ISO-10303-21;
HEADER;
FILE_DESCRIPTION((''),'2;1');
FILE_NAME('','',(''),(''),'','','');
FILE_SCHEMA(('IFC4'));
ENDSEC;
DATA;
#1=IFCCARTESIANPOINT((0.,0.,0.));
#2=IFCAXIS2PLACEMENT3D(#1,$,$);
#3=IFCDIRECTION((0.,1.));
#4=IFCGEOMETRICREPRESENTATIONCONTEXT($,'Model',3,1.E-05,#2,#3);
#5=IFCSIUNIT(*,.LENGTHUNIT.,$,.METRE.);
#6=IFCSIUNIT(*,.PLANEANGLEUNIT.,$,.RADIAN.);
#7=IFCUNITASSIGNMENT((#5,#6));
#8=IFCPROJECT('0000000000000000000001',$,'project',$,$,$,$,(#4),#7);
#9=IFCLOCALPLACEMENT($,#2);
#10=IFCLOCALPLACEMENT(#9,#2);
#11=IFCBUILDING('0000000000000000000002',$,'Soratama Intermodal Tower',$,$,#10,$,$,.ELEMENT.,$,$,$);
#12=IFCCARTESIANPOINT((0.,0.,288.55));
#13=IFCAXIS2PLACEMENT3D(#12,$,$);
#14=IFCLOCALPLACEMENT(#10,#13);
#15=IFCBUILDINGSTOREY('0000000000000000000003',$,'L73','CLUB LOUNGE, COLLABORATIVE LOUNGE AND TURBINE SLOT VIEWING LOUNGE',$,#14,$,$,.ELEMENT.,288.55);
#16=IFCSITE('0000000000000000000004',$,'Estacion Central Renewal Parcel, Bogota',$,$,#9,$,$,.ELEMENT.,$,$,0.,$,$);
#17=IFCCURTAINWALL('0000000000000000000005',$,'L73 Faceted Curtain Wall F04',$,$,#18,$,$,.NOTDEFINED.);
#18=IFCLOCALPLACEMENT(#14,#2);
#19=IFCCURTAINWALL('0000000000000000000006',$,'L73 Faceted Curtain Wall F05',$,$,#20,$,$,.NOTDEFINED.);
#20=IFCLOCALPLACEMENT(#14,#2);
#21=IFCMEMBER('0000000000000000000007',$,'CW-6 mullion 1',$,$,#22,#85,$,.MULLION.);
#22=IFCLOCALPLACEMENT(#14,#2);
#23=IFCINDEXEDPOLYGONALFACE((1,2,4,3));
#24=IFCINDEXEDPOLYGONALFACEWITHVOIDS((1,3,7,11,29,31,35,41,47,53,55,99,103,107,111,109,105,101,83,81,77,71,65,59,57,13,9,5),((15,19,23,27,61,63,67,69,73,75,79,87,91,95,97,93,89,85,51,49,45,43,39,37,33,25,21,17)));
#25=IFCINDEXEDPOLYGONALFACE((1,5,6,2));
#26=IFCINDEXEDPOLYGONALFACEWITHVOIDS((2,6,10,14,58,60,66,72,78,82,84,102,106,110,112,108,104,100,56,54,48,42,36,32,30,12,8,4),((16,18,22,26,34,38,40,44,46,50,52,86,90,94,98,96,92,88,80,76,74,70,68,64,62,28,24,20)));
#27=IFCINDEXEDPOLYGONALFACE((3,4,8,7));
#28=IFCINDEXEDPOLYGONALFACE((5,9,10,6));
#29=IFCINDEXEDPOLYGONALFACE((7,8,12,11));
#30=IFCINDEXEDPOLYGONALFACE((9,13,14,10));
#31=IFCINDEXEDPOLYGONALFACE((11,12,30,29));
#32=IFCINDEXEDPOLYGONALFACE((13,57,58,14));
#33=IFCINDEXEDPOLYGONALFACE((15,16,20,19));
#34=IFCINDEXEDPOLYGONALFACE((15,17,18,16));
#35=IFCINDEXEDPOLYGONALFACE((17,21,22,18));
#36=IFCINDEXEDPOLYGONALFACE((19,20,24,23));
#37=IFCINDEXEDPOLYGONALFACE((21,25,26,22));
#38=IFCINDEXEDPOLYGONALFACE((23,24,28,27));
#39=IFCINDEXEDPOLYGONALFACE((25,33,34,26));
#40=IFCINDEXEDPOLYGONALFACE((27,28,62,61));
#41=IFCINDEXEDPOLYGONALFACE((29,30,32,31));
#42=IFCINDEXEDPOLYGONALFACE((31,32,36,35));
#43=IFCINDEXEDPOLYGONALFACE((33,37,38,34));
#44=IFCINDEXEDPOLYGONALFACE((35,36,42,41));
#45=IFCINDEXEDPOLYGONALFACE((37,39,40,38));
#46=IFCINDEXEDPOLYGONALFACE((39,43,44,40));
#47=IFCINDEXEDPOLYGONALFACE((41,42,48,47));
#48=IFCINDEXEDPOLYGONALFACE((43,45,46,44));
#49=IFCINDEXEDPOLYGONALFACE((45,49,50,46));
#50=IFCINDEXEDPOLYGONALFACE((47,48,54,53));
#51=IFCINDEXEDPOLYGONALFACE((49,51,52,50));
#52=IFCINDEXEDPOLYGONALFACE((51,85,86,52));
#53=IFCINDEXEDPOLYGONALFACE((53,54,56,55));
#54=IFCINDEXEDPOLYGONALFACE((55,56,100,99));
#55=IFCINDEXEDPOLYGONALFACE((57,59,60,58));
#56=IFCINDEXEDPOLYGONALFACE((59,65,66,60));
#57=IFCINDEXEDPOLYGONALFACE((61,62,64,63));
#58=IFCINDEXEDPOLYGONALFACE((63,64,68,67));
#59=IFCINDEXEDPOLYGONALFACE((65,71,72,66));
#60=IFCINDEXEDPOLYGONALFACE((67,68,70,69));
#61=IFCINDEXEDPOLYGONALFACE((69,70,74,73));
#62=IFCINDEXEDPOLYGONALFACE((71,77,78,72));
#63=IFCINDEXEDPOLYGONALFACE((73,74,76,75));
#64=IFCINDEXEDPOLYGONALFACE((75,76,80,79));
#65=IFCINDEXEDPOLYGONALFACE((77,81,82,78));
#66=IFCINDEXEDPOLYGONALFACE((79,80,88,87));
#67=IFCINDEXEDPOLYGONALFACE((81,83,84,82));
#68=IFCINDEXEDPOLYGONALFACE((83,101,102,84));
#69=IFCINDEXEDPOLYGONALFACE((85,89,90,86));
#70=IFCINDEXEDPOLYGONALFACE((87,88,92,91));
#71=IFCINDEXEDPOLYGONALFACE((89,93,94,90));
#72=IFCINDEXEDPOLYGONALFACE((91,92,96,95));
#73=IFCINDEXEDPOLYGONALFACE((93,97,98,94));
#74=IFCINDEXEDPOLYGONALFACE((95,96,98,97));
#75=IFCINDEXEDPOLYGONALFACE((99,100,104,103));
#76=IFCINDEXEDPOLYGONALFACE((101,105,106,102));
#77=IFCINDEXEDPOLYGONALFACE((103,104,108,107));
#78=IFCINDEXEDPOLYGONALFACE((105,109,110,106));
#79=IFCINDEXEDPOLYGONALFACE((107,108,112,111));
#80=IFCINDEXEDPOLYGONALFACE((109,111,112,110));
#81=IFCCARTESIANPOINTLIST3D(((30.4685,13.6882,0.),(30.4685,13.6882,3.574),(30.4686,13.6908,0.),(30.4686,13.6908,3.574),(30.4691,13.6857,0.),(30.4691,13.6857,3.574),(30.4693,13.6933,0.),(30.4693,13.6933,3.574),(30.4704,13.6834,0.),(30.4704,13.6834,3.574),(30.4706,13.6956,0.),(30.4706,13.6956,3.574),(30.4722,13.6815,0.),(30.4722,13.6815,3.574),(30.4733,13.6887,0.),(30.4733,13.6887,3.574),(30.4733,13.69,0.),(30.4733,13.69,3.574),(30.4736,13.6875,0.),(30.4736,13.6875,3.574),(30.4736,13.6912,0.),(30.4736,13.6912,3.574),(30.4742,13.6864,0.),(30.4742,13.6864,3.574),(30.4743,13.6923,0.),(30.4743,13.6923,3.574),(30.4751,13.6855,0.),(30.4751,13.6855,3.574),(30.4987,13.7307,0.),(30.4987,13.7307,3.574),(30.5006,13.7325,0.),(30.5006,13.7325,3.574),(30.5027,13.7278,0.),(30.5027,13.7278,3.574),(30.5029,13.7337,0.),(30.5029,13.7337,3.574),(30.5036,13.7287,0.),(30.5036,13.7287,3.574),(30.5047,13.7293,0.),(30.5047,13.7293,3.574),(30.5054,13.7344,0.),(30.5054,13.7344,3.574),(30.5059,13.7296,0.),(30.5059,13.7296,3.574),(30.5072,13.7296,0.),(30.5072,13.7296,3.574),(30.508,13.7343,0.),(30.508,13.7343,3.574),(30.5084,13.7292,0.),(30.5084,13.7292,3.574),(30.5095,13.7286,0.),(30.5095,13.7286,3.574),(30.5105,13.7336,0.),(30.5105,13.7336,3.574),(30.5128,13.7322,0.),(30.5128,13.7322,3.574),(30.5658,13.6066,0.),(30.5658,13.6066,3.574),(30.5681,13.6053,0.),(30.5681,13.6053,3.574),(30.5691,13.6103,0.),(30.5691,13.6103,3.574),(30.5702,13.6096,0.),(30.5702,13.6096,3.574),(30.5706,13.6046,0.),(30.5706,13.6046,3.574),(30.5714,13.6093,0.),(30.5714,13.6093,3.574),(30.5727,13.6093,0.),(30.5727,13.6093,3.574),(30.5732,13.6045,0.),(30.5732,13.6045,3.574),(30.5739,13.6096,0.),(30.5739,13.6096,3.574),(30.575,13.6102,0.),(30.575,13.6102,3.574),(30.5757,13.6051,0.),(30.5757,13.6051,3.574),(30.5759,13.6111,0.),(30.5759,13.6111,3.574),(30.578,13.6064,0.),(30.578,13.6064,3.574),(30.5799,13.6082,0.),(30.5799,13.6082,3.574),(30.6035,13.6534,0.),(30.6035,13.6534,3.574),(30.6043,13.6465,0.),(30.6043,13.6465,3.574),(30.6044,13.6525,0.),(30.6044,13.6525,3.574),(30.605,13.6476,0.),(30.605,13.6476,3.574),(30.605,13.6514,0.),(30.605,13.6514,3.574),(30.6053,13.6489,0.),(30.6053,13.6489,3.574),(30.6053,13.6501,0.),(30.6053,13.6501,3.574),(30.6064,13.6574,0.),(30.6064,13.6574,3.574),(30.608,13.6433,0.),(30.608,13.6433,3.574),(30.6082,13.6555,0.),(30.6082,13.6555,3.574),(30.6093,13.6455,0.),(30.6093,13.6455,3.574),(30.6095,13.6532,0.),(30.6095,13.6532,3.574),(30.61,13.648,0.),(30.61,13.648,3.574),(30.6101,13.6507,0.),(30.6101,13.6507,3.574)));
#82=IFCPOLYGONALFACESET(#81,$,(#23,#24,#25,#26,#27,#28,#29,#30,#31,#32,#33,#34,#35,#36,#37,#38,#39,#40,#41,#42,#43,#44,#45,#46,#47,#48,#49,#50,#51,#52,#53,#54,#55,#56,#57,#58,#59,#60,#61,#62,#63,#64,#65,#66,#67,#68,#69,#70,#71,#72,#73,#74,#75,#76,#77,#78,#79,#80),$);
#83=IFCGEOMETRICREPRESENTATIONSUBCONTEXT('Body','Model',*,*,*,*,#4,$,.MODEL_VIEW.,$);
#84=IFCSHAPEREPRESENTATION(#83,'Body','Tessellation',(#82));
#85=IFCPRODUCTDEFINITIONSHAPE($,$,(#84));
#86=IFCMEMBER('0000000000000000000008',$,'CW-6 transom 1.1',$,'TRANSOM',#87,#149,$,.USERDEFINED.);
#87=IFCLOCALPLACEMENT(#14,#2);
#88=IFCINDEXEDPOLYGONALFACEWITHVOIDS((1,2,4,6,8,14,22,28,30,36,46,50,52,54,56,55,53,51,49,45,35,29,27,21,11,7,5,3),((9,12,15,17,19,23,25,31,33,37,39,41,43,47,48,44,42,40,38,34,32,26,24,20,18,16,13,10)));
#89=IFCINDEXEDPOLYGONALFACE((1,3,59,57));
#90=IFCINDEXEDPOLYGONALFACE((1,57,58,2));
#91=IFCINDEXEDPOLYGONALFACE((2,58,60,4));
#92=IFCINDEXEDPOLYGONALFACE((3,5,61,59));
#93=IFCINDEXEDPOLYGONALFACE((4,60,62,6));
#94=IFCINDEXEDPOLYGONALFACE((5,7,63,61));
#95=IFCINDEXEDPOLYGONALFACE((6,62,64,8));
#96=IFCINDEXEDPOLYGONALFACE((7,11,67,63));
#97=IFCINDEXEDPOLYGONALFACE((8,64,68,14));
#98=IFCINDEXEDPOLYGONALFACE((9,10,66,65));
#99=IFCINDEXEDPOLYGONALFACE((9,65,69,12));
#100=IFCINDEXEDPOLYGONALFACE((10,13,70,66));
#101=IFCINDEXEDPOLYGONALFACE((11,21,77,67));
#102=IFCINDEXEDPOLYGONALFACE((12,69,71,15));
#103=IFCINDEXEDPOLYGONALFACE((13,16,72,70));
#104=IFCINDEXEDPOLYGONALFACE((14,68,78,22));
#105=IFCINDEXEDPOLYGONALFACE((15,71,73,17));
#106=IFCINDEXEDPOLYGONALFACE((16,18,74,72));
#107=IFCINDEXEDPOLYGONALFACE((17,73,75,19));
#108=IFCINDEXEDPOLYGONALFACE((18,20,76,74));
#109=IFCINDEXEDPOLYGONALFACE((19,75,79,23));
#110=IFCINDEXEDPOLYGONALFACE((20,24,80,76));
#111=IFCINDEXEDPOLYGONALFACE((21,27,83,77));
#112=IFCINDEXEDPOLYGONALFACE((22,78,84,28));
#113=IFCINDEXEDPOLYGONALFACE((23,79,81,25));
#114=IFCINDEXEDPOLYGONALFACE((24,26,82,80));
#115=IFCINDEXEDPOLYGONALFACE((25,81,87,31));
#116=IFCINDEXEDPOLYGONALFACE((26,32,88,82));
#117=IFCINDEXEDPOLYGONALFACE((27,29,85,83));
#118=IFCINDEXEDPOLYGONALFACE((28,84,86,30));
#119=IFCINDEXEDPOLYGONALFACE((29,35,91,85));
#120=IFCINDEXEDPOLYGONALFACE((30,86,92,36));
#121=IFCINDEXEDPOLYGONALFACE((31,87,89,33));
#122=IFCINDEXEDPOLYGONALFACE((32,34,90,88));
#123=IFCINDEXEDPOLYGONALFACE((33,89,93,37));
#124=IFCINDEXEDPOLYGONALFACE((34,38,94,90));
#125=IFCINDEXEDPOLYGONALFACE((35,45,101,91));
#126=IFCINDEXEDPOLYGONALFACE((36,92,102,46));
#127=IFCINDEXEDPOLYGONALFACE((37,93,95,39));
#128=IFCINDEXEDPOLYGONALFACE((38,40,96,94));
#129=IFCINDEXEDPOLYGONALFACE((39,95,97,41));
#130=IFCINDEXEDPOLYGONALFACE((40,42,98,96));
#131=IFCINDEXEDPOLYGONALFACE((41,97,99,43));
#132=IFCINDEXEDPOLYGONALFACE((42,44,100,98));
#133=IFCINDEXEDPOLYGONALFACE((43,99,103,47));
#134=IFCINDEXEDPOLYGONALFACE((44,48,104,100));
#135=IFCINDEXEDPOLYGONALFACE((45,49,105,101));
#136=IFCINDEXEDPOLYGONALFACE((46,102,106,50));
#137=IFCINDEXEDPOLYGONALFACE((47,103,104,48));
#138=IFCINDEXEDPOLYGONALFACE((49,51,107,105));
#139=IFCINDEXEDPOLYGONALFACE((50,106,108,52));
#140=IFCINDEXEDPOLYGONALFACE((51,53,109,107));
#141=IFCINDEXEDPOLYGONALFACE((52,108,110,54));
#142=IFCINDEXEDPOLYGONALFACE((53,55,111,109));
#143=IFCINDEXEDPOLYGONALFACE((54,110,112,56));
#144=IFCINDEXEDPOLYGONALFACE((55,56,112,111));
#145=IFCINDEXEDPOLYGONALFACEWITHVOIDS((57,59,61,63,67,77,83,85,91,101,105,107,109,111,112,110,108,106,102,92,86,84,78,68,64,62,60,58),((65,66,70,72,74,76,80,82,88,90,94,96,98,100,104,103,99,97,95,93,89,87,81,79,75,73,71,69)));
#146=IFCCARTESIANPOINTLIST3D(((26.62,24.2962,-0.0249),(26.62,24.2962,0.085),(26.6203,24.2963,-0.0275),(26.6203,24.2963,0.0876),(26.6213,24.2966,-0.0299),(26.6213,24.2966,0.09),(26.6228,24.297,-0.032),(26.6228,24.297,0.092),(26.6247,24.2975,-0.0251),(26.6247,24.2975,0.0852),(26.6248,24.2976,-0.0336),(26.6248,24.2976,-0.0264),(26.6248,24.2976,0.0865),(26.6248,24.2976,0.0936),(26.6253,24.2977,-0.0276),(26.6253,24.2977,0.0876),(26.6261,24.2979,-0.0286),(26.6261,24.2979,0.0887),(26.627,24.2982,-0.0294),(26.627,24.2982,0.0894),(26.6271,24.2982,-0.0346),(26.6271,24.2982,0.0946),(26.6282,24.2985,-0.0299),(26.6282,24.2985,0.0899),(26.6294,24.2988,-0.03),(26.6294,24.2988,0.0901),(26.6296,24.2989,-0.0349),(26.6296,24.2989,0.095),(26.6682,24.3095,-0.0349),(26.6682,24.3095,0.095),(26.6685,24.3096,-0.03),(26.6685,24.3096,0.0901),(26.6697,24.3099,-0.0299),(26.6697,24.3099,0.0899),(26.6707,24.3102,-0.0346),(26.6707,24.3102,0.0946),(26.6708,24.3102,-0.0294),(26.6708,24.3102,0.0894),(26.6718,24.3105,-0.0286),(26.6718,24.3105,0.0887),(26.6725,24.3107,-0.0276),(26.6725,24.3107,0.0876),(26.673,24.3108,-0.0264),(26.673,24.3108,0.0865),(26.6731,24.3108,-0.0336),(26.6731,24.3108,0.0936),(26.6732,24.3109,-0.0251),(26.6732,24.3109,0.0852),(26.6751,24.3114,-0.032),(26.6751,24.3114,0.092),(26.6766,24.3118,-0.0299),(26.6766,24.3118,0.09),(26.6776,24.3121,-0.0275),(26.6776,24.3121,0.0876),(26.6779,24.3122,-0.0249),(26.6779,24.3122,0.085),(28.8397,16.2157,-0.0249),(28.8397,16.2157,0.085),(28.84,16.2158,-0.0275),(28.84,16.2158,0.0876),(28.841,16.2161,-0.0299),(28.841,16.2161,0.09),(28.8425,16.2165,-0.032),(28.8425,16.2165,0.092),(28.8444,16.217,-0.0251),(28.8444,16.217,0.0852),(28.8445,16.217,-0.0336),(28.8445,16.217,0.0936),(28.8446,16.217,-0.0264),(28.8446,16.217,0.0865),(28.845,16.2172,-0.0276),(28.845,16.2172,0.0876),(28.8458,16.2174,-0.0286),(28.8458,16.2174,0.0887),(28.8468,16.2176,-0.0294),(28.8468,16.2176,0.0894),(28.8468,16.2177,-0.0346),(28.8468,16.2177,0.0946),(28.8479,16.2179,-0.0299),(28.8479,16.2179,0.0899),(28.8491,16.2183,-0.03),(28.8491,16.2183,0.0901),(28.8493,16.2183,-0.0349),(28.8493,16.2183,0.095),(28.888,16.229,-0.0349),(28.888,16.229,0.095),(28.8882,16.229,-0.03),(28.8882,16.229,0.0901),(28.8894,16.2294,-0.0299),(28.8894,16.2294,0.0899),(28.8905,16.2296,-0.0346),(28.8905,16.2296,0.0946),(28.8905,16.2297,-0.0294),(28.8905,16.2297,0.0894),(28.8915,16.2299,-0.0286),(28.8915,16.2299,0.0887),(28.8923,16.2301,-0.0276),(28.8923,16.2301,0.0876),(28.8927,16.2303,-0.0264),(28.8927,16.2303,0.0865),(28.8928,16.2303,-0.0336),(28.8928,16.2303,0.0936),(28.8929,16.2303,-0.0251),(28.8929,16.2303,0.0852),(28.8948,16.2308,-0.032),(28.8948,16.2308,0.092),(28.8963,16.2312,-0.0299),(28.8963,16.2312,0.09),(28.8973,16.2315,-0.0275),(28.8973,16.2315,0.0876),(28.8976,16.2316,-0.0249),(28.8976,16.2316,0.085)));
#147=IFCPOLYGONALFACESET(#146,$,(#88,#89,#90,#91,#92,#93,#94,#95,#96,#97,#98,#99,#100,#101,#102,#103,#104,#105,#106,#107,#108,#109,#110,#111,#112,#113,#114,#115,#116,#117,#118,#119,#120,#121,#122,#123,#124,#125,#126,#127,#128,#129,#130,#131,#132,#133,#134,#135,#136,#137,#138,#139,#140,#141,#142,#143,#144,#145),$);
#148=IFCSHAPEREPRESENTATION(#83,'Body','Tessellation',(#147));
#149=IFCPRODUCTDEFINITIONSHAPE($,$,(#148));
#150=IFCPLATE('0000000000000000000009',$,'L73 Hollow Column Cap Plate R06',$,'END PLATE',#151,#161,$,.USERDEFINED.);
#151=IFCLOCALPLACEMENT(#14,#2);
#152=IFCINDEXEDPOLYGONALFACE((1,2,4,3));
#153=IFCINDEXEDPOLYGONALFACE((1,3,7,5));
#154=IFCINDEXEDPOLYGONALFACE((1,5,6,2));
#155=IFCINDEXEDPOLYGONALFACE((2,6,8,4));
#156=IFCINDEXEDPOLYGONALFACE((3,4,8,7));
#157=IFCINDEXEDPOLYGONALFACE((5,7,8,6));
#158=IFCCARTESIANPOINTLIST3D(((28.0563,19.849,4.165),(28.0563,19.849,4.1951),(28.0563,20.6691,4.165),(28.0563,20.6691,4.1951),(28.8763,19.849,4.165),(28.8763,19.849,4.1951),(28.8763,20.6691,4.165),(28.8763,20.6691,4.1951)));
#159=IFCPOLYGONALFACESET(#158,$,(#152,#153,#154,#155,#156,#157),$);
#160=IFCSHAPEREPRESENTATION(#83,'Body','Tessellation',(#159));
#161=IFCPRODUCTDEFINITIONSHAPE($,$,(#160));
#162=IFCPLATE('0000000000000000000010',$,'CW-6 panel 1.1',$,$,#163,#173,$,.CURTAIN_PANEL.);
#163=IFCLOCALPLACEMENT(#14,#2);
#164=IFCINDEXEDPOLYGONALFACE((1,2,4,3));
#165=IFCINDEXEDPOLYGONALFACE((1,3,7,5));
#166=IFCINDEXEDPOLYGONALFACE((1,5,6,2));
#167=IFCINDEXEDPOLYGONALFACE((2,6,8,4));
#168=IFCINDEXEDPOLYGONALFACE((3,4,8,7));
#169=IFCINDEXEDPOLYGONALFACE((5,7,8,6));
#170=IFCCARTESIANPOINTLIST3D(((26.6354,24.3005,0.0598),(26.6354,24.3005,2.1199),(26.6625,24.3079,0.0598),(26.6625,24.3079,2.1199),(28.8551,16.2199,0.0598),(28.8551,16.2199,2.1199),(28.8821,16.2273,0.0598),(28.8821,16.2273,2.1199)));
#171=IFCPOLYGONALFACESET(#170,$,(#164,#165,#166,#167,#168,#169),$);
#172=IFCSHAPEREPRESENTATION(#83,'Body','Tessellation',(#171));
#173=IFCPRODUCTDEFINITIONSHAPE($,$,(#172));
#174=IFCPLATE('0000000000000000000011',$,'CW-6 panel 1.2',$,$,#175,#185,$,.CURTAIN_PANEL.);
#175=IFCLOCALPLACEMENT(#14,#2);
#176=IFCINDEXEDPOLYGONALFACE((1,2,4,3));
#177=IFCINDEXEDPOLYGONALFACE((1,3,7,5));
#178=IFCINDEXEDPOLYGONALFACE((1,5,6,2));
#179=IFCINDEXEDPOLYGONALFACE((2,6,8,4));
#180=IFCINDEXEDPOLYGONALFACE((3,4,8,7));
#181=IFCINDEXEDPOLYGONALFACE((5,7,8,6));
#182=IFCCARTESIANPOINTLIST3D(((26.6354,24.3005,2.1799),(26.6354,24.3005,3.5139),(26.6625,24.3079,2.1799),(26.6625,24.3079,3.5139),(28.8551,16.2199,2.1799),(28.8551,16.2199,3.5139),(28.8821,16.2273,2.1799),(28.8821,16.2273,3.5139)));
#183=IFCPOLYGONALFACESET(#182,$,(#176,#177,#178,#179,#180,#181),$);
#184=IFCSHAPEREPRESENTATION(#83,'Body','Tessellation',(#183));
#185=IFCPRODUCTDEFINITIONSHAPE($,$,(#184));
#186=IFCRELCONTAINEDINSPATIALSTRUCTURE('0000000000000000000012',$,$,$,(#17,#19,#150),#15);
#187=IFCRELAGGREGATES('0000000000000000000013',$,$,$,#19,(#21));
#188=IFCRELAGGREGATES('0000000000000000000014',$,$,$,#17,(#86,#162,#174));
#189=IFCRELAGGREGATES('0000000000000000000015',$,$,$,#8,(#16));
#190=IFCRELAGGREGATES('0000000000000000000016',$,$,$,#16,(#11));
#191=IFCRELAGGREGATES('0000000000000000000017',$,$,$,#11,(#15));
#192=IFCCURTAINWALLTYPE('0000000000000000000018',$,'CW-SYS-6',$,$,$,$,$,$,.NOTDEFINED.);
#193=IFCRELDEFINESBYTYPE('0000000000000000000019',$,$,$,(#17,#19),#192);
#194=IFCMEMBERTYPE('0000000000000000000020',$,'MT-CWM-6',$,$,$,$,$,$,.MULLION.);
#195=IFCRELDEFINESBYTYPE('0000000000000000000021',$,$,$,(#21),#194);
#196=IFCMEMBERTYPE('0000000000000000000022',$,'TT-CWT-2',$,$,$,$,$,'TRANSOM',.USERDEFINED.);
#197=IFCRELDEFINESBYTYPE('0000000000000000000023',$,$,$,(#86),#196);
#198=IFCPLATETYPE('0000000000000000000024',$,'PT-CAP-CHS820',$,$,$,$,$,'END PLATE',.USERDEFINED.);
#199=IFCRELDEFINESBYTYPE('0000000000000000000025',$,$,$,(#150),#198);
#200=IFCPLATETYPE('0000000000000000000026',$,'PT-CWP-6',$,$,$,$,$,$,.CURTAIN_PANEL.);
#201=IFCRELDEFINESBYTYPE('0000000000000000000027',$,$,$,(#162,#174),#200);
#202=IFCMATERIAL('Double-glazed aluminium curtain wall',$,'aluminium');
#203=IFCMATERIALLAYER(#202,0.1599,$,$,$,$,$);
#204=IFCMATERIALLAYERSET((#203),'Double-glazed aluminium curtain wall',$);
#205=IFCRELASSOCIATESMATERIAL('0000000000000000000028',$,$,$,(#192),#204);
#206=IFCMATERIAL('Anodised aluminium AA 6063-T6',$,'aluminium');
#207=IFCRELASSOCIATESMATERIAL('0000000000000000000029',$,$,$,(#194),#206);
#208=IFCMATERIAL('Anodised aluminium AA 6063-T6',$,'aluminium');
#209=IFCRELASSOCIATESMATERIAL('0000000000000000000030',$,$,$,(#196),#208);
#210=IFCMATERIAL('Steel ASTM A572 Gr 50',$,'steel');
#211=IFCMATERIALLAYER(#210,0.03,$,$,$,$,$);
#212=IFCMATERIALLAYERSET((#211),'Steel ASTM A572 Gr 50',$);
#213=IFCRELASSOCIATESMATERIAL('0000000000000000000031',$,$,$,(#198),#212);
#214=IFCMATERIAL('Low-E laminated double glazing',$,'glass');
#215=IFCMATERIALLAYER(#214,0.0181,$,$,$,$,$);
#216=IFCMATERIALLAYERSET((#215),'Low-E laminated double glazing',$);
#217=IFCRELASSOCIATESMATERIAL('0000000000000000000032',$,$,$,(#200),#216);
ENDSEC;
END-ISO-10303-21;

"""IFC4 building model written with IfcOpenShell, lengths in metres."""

from ifc_helpers import new_model, si_unit, direction, frame, origin, origin_2d, place, context, subcontext, project, spatial, rectangle, hollow_rectangle, extrude, material, layer, layer_set, material_profile, profile_set, type_object, element, aggregate, save


model = new_model("IFC4")

# Units and contexts
model_context = context("Model", 3, precision=1e-05, world=origin(), true_north=direction((0.0, 1.0)))
body_context = subcontext(model_context, "Body", "Model", "MODEL_VIEW")
ifc_project = project(units=[si_unit("LENGTHUNIT", "METRE"), si_unit("PLANEANGLEUNIT", "RADIAN")], contexts=[model_context])

# Site, building, storey
site_placement = place(None, origin())
site = spatial("IfcSite", under=ifc_project, at=site_placement, Name="Estacion Central Renewal Parcel, Bogota", CompositionType="ELEMENT", RefElevation=0.0)
building_placement = place(site_placement, origin())
building = spatial("IfcBuilding", under=site, at=building_placement, Name="Soratama Intermodal Tower", CompositionType="ELEMENT")
storey_placement = place(building_placement, frame((0.0, 0.0, 288.55)))
storey = spatial("IfcBuildingStorey", under=building, at=storey_placement, Name="L73", Description="CLUB LOUNGE, COLLABORATIVE LOUNGE AND TURBINE SLOT VIEWING LOUNGE", CompositionType="ELEMENT", Elevation=288.55)

# Curtain walls, member
ifc_material_1 = material(Name="Double-glazed aluminium curtain wall", Category="aluminium")
ifc_layer_1 = layer(ifc_material_1, 0.1599)
ifc_layer_set_1 = layer_set([ifc_layer_1], Name="Double-glazed aluminium curtain wall")
curtain_wall_type = type_object("IfcCurtainWallType", Name="CW-SYS-6", PredefinedType="NOTDEFINED", material=ifc_layer_set_1)
curtain_wall_1_placement = place(storey_placement, origin())
curtain_wall_1 = element("IfcCurtainWall", 1, at=curtain_wall_1_placement, inside=storey, type_object=curtain_wall_type, Name="L73 Faceted Curtain Wall F04", PredefinedType="NOTDEFINED")
ifc_material_2 = material(Name="Anodised aluminium AA 6063-T6", Category="aluminium")
ifc_material_profile_1 = material_profile(ifc_material_2, hollow_rectangle(XDim=0.0649, YDim=0.1399, WallThickness=0.0049, InnerFilletRadius=0.0049, OuterFilletRadius=0.01, at=origin_2d()), Name="CWM140X65X5")
ifc_profile_set_1 = profile_set([ifc_material_profile_1], Name="Anodised aluminium AA 6063-T6")
member_type_1 = type_object("IfcMemberType", Name="MT-CWM-6", PredefinedType="MULLION", material=ifc_profile_set_1)
curtain_wall_2_placement = place(storey_placement, origin())
curtain_wall_2 = element("IfcCurtainWall", 2, at=curtain_wall_2_placement, inside=storey, type_object=curtain_wall_type, Name="L73 Faceted Curtain Wall F05", PredefinedType="NOTDEFINED")
member_1_placement = place(storey_placement, frame((30.5393, 13.6694, 0.0), z_axis=(0.0, 0.0, 1.0), x_axis=(0.624424, 0.781086, 0.0)))
member_1 = element("IfcMember", 3, at=member_1_placement, type_object=member_type_1, Name="CW-6 mullion 1", PredefinedType="MULLION", context=body_context, shape_type="SweptSolid", body=[
    extrude(hollow_rectangle(XDim=0.0649, YDim=0.1399, WallThickness=0.0049, InnerFilletRadius=0.0049, OuterFilletRadius=0.01, at=origin_2d()), origin(), (0.0, 0.0, 1.0), 3.574),
])
aggregate(curtain_wall_2, [member_1])

# Member
ifc_material_3 = material(Name="Anodised aluminium AA 6063-T6", Category="aluminium")
ifc_material_profile_2 = material_profile(ifc_material_3, hollow_rectangle(XDim=0.0601, YDim=0.1299, WallThickness=0.0049, InnerFilletRadius=0.0049, OuterFilletRadius=0.01, at=origin_2d()), Name="CWT130X60X5")
ifc_profile_set_2 = profile_set([ifc_material_profile_2], Name="Anodised aluminium AA 6063-T6")
member_type_2 = type_object("IfcMemberType", Name="TT-CWT-2", ElementType="TRANSOM", PredefinedType="USERDEFINED", material=ifc_profile_set_2)
member_2_placement = place(storey_placement, frame((26.6489, 24.3042, 0.03), z_axis=(0.264887, -0.964279, 0.0), x_axis=(0.964279, 0.264887, 0.0)))
member_2 = element("IfcMember", 4, at=member_2_placement, type_object=member_type_2, Name="CW-6 transom 1.1", ObjectType="TRANSOM", PredefinedType="USERDEFINED", context=body_context, shape_type="SweptSolid", body=[
    extrude(hollow_rectangle(XDim=0.0601, YDim=0.1299, WallThickness=0.0049, InnerFilletRadius=0.0049, OuterFilletRadius=0.01, at=origin_2d()), origin(), (0.0, 0.0, 1.0), 8.3799),
])

# Plates
ifc_material_4 = material(Name="Steel ASTM A572 Gr 50", Category="steel")
ifc_layer_2 = layer(ifc_material_4, 0.03)
ifc_layer_set_2 = layer_set([ifc_layer_2], Name="Steel ASTM A572 Gr 50")
plate_type_1 = type_object("IfcPlateType", Name="PT-CAP-CHS820", ElementType="END PLATE", PredefinedType="USERDEFINED", material=ifc_layer_set_2)
plate_1_placement = place(storey_placement, frame((28.4663, 20.259, 4.165), z_axis=(0.0, 0.0, 1.0), x_axis=(1.0, 0.0, 0.0)))
element("IfcPlate", 5, at=plate_1_placement, inside=storey, type_object=plate_type_1, Name="L73 Hollow Column Cap Plate R06", ObjectType="END PLATE", PredefinedType="USERDEFINED", context=body_context, shape_type="SweptSolid", body=[
    extrude(rectangle(XDim=0.8201, YDim=0.8201, at=origin_2d()), origin(), (0.0, 0.0, 1.0), 0.03),
])
ifc_material_5 = material(Name="Low-E laminated double glazing", Category="glass")
ifc_layer_3 = layer(ifc_material_5, 0.0181)
ifc_layer_set_3 = layer_set([ifc_layer_3], Name="Low-E laminated double glazing")
plate_type_2 = type_object("IfcPlateType", Name="PT-CWP-6", PredefinedType="CURTAIN_PANEL", material=ifc_layer_set_3)
plate_2_placement = place(storey_placement, frame((27.7588, 20.2639, 0.0598), z_axis=(0.0, 0.0, 1.0), x_axis=(0.264877, -0.964282, 0.0)))
plate_2 = element("IfcPlate", 6, at=plate_2_placement, type_object=plate_type_2, Name="CW-6 panel 1.1", PredefinedType="CURTAIN_PANEL", context=body_context, shape_type="SweptSolid", body=[
    extrude(rectangle(XDim=8.3799, YDim=0.0281, at=origin_2d()), origin(), (0.0, 0.0, 1.0), 2.0601),
])
plate_3_placement = place(storey_placement, frame((27.7588, 20.2639, 2.1799), z_axis=(0.0, 0.0, 1.0), x_axis=(0.264877, -0.964282, 0.0)))
plate_3 = element("IfcPlate", 7, at=plate_3_placement, type_object=plate_type_2, Name="CW-6 panel 1.2", PredefinedType="CURTAIN_PANEL", context=body_context, shape_type="SweptSolid", body=[
    extrude(rectangle(XDim=8.3799, YDim=0.0281, at=origin_2d()), origin(), (0.0, 0.0, 1.0), 1.334),
])
aggregate(curtain_wall_1, [member_2, plate_2, plate_3])

save(model, "model.ifc")
